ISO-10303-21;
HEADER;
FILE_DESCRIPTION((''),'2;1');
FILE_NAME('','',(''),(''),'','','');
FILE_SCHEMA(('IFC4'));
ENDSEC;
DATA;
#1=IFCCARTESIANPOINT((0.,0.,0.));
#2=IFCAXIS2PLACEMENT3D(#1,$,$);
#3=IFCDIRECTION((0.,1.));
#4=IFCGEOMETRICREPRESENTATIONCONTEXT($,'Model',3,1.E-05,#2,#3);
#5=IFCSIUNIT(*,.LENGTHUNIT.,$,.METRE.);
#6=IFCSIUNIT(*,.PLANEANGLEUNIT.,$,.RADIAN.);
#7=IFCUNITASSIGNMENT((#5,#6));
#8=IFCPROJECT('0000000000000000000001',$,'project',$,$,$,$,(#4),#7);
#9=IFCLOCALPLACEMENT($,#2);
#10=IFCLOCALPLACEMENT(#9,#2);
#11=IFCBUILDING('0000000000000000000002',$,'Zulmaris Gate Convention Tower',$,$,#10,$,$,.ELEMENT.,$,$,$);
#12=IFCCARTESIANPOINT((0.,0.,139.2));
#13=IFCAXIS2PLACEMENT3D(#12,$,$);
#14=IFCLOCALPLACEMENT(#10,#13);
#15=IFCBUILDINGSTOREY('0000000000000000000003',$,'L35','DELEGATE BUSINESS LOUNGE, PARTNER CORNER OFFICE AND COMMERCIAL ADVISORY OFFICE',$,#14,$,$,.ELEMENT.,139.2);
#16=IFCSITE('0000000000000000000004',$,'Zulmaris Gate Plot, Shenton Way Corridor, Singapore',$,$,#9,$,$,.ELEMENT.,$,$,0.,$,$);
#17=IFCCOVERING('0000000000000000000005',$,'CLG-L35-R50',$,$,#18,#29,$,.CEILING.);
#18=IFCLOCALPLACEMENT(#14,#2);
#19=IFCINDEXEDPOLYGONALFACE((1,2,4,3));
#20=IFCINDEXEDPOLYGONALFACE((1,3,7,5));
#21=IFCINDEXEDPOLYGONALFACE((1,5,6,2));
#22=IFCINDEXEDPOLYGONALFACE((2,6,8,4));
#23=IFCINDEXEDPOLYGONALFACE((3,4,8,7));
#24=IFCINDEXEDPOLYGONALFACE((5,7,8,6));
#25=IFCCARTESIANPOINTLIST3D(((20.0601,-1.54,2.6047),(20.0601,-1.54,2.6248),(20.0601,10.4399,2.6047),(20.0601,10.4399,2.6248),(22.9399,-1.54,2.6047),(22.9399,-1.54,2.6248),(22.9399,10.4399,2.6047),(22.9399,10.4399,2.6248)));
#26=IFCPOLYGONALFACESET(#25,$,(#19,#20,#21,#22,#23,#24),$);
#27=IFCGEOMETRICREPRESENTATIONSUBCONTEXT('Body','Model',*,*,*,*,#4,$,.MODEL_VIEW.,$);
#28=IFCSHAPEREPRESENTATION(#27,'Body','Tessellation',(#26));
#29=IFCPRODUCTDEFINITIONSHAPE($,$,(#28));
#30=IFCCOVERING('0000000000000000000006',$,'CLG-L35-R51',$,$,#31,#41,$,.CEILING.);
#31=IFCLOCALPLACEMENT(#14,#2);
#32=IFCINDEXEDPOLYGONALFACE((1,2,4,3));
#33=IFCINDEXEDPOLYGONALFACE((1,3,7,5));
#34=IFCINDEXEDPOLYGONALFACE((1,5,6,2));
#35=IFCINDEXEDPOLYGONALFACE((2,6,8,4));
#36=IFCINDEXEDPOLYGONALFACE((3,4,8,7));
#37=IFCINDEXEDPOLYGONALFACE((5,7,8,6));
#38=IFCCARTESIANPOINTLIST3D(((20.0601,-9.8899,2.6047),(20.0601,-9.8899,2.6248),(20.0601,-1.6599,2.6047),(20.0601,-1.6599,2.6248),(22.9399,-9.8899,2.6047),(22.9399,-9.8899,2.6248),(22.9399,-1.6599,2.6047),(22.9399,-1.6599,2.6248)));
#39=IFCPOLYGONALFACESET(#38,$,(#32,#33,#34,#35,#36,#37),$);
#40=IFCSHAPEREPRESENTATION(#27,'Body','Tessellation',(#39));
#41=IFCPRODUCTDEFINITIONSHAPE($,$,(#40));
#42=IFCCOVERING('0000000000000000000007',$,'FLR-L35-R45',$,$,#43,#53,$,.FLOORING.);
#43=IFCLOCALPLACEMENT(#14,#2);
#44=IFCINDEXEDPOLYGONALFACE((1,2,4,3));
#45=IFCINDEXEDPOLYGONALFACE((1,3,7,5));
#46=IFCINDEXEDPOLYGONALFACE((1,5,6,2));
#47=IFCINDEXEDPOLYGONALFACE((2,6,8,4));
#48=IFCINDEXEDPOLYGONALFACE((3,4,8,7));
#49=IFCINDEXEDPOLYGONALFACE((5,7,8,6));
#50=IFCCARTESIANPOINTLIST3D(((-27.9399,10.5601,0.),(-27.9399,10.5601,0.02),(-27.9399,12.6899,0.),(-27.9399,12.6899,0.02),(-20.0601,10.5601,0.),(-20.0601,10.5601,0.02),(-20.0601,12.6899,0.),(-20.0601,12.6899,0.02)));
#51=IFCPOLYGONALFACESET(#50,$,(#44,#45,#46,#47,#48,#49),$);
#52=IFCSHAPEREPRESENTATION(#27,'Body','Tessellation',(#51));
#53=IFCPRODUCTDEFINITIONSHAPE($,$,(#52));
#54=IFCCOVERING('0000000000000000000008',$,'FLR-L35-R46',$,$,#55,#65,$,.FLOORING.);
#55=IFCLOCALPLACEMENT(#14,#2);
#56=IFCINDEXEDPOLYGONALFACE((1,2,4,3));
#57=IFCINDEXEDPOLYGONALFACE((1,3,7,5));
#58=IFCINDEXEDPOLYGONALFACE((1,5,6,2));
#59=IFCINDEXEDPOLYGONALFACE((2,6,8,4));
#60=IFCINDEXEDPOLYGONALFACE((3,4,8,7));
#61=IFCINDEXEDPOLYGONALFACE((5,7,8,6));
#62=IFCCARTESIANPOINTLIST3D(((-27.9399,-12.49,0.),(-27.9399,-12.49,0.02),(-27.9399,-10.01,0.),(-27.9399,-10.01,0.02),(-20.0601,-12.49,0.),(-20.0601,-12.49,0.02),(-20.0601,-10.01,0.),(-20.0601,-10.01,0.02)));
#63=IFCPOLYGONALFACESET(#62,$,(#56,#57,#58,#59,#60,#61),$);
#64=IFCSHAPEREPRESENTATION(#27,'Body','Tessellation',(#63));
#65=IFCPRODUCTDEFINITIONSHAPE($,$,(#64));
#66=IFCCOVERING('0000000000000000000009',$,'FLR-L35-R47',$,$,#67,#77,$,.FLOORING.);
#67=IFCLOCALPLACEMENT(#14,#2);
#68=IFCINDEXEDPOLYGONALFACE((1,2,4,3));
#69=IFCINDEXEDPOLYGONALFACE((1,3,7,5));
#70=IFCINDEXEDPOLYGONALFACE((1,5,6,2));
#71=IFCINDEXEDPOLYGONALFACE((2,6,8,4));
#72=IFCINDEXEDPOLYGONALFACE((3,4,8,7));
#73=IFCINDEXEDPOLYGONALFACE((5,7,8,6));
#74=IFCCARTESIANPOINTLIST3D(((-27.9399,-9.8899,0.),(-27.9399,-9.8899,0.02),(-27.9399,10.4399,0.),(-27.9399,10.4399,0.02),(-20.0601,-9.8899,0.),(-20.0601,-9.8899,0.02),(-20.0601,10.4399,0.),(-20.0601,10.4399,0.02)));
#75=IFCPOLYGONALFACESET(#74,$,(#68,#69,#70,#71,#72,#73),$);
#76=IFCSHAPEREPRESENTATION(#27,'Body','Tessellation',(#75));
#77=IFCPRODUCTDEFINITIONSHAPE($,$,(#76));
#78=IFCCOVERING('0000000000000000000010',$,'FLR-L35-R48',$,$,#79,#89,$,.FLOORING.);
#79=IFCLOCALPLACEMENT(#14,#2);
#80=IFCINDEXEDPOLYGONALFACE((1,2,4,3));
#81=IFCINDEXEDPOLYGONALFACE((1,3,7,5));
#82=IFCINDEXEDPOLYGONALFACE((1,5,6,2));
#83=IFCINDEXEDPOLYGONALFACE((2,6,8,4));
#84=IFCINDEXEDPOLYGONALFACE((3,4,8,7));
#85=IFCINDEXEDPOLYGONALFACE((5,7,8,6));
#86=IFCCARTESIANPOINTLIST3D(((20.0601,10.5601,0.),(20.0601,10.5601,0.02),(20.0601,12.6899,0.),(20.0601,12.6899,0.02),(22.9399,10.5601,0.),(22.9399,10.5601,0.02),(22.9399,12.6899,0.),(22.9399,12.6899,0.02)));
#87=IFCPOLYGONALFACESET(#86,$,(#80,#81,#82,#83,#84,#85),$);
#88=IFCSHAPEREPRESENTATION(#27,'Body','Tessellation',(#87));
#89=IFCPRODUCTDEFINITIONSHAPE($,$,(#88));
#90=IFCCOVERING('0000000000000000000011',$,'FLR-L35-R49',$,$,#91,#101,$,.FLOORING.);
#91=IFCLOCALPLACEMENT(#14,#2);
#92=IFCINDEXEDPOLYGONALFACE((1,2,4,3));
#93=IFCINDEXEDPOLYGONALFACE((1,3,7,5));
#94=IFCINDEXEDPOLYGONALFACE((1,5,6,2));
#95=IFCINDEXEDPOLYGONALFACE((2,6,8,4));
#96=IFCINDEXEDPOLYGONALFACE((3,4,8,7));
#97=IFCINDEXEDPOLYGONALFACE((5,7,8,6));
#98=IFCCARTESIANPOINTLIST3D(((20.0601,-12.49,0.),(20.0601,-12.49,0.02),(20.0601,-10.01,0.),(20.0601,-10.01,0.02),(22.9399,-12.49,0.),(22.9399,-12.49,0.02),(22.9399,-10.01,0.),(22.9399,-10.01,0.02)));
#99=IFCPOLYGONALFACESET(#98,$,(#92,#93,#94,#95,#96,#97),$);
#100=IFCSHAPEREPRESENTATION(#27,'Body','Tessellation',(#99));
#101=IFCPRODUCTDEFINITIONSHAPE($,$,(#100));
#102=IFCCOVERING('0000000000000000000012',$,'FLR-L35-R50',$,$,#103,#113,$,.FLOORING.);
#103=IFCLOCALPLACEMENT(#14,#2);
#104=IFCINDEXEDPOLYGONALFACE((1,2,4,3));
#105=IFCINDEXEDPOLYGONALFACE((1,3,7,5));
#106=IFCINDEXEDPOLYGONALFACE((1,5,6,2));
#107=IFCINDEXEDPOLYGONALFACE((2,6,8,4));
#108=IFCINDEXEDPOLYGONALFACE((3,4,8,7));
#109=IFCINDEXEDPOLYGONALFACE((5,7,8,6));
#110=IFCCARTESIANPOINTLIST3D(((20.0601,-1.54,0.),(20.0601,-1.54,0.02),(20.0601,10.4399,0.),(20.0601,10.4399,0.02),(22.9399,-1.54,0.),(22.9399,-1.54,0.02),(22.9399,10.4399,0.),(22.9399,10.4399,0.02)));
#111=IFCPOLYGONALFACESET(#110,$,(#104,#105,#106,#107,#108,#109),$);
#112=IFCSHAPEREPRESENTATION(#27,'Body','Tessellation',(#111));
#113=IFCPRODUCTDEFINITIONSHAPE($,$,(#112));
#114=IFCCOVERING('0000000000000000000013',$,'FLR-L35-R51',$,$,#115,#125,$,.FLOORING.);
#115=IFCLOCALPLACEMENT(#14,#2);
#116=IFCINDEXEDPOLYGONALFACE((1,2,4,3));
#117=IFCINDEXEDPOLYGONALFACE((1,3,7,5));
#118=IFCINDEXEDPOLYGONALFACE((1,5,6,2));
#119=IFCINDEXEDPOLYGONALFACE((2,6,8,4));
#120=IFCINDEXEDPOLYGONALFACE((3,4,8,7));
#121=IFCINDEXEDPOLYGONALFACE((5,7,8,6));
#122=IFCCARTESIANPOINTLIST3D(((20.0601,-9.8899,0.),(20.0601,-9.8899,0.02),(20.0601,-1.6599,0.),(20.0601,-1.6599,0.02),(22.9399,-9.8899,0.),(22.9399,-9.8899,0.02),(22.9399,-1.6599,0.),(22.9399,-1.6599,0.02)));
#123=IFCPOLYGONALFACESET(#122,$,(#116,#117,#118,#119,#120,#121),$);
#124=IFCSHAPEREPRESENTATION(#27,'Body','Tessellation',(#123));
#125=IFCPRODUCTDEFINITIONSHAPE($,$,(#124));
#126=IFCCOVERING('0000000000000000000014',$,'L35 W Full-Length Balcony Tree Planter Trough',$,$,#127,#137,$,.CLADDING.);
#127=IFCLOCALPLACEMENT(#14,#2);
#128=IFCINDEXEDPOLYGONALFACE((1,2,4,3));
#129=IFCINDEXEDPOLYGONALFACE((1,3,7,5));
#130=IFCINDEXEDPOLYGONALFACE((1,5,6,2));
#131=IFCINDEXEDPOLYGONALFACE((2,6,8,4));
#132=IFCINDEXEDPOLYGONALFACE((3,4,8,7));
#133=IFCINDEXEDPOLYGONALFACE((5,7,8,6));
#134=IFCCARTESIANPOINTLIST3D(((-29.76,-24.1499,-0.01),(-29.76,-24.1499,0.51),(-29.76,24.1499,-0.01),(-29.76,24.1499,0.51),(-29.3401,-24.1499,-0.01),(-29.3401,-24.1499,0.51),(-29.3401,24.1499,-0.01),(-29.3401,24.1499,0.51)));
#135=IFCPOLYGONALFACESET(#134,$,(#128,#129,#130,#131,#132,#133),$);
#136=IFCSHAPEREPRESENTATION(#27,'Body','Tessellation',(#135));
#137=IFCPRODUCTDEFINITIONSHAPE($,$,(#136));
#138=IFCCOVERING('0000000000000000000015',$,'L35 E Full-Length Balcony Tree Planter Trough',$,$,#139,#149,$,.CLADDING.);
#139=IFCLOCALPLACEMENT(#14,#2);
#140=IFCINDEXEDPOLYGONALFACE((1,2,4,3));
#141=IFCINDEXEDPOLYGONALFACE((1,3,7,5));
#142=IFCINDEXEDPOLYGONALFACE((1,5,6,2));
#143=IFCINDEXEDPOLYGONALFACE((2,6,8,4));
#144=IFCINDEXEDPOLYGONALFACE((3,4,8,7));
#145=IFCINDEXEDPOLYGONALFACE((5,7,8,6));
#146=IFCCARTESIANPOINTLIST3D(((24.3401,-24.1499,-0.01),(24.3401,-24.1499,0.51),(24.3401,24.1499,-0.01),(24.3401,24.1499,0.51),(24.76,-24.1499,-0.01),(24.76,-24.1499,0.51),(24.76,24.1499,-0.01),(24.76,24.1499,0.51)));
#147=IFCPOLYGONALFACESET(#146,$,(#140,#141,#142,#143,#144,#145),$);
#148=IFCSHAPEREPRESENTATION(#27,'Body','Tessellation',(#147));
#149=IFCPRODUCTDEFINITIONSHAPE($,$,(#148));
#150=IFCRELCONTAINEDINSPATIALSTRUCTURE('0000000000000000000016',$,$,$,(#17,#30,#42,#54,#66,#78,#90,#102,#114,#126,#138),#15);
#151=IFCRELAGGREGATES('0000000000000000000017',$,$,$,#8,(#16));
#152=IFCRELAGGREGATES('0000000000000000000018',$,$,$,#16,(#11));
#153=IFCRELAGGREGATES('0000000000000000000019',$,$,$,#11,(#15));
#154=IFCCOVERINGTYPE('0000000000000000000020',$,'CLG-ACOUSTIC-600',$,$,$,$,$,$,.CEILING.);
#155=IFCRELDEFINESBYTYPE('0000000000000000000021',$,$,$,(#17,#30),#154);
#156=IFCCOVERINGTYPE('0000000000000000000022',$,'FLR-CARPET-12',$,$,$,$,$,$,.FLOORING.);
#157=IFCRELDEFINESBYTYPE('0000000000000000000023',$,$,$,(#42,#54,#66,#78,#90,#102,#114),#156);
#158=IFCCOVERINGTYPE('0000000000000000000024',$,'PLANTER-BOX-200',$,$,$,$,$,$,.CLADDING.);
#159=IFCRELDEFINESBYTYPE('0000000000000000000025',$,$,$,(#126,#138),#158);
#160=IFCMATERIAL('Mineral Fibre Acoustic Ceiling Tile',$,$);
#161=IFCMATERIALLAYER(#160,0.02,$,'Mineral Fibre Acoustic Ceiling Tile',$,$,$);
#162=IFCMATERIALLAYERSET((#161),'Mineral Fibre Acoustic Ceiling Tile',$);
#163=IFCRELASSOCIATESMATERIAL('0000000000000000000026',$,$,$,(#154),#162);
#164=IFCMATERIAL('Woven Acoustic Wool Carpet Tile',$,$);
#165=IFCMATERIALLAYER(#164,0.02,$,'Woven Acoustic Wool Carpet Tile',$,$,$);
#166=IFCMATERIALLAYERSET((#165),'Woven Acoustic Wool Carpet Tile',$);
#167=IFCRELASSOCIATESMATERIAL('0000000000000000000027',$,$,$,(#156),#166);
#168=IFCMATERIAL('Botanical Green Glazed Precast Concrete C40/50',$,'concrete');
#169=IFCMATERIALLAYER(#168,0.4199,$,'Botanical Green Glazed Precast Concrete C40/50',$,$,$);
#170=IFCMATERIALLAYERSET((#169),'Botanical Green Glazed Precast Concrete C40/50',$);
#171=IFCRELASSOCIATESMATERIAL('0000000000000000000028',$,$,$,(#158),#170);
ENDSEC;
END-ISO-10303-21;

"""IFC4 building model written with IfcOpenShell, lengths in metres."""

from ifc_helpers import new_model, si_unit, direction, frame, origin, place, context, subcontext, project, spatial, polyline, outline, extrude, material, layer, layer_set, type_object, element, save


model = new_model("IFC4")

# Units and contexts
model_context = context("Model", 3, precision=1e-05, world=origin(), true_north=direction((0.0, 1.0)))
body_context = subcontext(model_context, "Body", "Model", "MODEL_VIEW")
ifc_project = project(units=[si_unit("LENGTHUNIT", "METRE"), si_unit("PLANEANGLEUNIT", "RADIAN")], contexts=[model_context])

# Site, building, storey
site_placement = place(None, origin())
site = spatial("IfcSite", under=ifc_project, at=site_placement, Name="Zulmaris Gate Plot, Shenton Way Corridor, Singapore", CompositionType="ELEMENT", RefElevation=0.0)
building_placement = place(site_placement, origin())
building = spatial("IfcBuilding", under=site, at=building_placement, Name="Zulmaris Gate Convention Tower", CompositionType="ELEMENT")
storey_placement = place(building_placement, frame((0.0, 0.0, 139.2)))
storey = spatial("IfcBuildingStorey", under=building, at=storey_placement, Name="L35", Description="DELEGATE BUSINESS LOUNGE, PARTNER CORNER OFFICE AND COMMERCIAL ADVISORY OFFICE", CompositionType="ELEMENT", Elevation=139.2)

# Coverings
ifc_material_1 = material(Name="Mineral Fibre Acoustic Ceiling Tile")
ifc_layer_1 = layer(ifc_material_1, 0.02, Name="Mineral Fibre Acoustic Ceiling Tile")
ifc_layer_set_1 = layer_set([ifc_layer_1], Name="Mineral Fibre Acoustic Ceiling Tile")
covering_type_1 = type_object("IfcCoveringType", Name="CLG-ACOUSTIC-600", PredefinedType="CEILING", material=ifc_layer_set_1)
covering_1_placement = place(storey_placement, frame((0.0, 0.0, 2.6047)))
element("IfcCovering", 1, at=covering_1_placement, inside=storey, type_object=covering_type_1, Name="CLG-L35-R50", PredefinedType="CEILING", context=body_context, shape_type="SweptSolid", body=[
    extrude(outline(polyline([(20.0601, -1.54), (22.9399, -1.54), (22.9399, 10.4399), (20.0601, 10.4399), (20.0601, -1.54)])), origin(), (0.0, 0.0, 1.0), 0.02),
])
covering_2_placement = place(storey_placement, frame((0.0, 0.0, 2.6047)))
element("IfcCovering", 2, at=covering_2_placement, inside=storey, type_object=covering_type_1, Name="CLG-L35-R51", PredefinedType="CEILING", context=body_context, shape_type="SweptSolid", body=[
    extrude(outline(polyline([(20.0601, -9.8899), (22.9399, -9.8899), (22.9399, -1.6599), (20.0601, -1.6599), (20.0601, -9.8899)])), origin(), (0.0, 0.0, 1.0), 0.02),
])
ifc_material_2 = material(Name="Woven Acoustic Wool Carpet Tile")
ifc_layer_2 = layer(ifc_material_2, 0.02, Name="Woven Acoustic Wool Carpet Tile")
ifc_layer_set_2 = layer_set([ifc_layer_2], Name="Woven Acoustic Wool Carpet Tile")
covering_type_2 = type_object("IfcCoveringType", Name="FLR-CARPET-12", PredefinedType="FLOORING", material=ifc_layer_set_2)
covering_3_placement = place(storey_placement, origin())
element("IfcCovering", 3, at=covering_3_placement, inside=storey, type_object=covering_type_2, Name="FLR-L35-R45", PredefinedType="FLOORING", context=body_context, shape_type="SweptSolid", body=[
    extrude(outline(polyline([(-27.9399, 10.5601), (-20.0601, 10.5601), (-20.0601, 12.6899), (-27.9399, 12.6899), (-27.9399, 10.5601)])), origin(), (0.0, 0.0, 1.0), 0.02),
])
covering_4_placement = place(storey_placement, origin())
element("IfcCovering", 4, at=covering_4_placement, inside=storey, type_object=covering_type_2, Name="FLR-L35-R46", PredefinedType="FLOORING", context=body_context, shape_type="SweptSolid", body=[
    extrude(outline(polyline([(-27.9399, -12.49), (-20.0601, -12.49), (-20.0601, -10.01), (-27.9399, -10.01), (-27.9399, -12.49)])), origin(), (0.0, 0.0, 1.0), 0.02),
])
covering_5_placement = place(storey_placement, origin())
element("IfcCovering", 5, at=covering_5_placement, inside=storey, type_object=covering_type_2, Name="FLR-L35-R47", PredefinedType="FLOORING", context=body_context, shape_type="SweptSolid", body=[
    extrude(outline(polyline([(-27.9399, -9.8899), (-20.0601, -9.8899), (-20.0601, 10.4399), (-27.9399, 10.4399), (-27.9399, -9.8899)])), origin(), (0.0, 0.0, 1.0), 0.02),
])
covering_6_placement = place(storey_placement, origin())
element("IfcCovering", 6, at=covering_6_placement, inside=storey, type_object=covering_type_2, Name="FLR-L35-R48", PredefinedType="FLOORING", context=body_context, shape_type="SweptSolid", body=[
    extrude(outline(polyline([(20.0601, 10.5601), (22.9399, 10.5601), (22.9399, 12.6899), (20.0601, 12.6899), (20.0601, 10.5601)])), origin(), (0.0, 0.0, 1.0), 0.02),
])
covering_7_placement = place(storey_placement, origin())
element("IfcCovering", 7, at=covering_7_placement, inside=storey, type_object=covering_type_2, Name="FLR-L35-R49", PredefinedType="FLOORING", context=body_context, shape_type="SweptSolid", body=[
    extrude(outline(polyline([(20.0601, -12.49), (22.9399, -12.49), (22.9399, -10.01), (20.0601, -10.01), (20.0601, -12.49)])), origin(), (0.0, 0.0, 1.0), 0.02),
])
covering_8_placement = place(storey_placement, origin())
element("IfcCovering", 8, at=covering_8_placement, inside=storey, type_object=covering_type_2, Name="FLR-L35-R50", PredefinedType="FLOORING", context=body_context, shape_type="SweptSolid", body=[
    extrude(outline(polyline([(20.0601, -1.54), (22.9399, -1.54), (22.9399, 10.4399), (20.0601, 10.4399), (20.0601, -1.54)])), origin(), (0.0, 0.0, 1.0), 0.02),
])
covering_9_placement = place(storey_placement, origin())
element("IfcCovering", 9, at=covering_9_placement, inside=storey, type_object=covering_type_2, Name="FLR-L35-R51", PredefinedType="FLOORING", context=body_context, shape_type="SweptSolid", body=[
    extrude(outline(polyline([(20.0601, -9.8899), (22.9399, -9.8899), (22.9399, -1.6599), (20.0601, -1.6599), (20.0601, -9.8899)])), origin(), (0.0, 0.0, 1.0), 0.02),
])
ifc_material_3 = material(Name="Botanical Green Glazed Precast Concrete C40/50", Category="concrete")
ifc_layer_3 = layer(ifc_material_3, 0.4199, Name="Botanical Green Glazed Precast Concrete C40/50")
ifc_layer_set_3 = layer_set([ifc_layer_3], Name="Botanical Green Glazed Precast Concrete C40/50")
covering_type_3 = type_object("IfcCoveringType", Name="PLANTER-BOX-200", PredefinedType="CLADDING", material=ifc_layer_set_3)
covering_10_placement = place(storey_placement, frame((0.0, 0.0, -0.01)))
element("IfcCovering", 10, at=covering_10_placement, inside=storey, type_object=covering_type_3, Name="L35 W Full-Length Balcony Tree Planter Trough", PredefinedType="CLADDING", context=body_context, shape_type="SweptSolid", body=[
    extrude(outline(polyline([(-29.76, -24.1499), (-29.3401, -24.1499), (-29.3401, 24.1499), (-29.76, 24.1499), (-29.76, -24.1499)])), origin(), (0.0, 0.0, 1.0), 0.52),
])
covering_11_placement = place(storey_placement, frame((0.0, 0.0, -0.01)))
element("IfcCovering", 11, at=covering_11_placement, inside=storey, type_object=covering_type_3, Name="L35 E Full-Length Balcony Tree Planter Trough", PredefinedType="CLADDING", context=body_context, shape_type="SweptSolid", body=[
    extrude(outline(polyline([(24.3401, -24.1499), (24.76, -24.1499), (24.76, 24.1499), (24.3401, 24.1499), (24.3401, -24.1499)])), origin(), (0.0, 0.0, 1.0), 0.52),
])

save(model, "model.ifc")
